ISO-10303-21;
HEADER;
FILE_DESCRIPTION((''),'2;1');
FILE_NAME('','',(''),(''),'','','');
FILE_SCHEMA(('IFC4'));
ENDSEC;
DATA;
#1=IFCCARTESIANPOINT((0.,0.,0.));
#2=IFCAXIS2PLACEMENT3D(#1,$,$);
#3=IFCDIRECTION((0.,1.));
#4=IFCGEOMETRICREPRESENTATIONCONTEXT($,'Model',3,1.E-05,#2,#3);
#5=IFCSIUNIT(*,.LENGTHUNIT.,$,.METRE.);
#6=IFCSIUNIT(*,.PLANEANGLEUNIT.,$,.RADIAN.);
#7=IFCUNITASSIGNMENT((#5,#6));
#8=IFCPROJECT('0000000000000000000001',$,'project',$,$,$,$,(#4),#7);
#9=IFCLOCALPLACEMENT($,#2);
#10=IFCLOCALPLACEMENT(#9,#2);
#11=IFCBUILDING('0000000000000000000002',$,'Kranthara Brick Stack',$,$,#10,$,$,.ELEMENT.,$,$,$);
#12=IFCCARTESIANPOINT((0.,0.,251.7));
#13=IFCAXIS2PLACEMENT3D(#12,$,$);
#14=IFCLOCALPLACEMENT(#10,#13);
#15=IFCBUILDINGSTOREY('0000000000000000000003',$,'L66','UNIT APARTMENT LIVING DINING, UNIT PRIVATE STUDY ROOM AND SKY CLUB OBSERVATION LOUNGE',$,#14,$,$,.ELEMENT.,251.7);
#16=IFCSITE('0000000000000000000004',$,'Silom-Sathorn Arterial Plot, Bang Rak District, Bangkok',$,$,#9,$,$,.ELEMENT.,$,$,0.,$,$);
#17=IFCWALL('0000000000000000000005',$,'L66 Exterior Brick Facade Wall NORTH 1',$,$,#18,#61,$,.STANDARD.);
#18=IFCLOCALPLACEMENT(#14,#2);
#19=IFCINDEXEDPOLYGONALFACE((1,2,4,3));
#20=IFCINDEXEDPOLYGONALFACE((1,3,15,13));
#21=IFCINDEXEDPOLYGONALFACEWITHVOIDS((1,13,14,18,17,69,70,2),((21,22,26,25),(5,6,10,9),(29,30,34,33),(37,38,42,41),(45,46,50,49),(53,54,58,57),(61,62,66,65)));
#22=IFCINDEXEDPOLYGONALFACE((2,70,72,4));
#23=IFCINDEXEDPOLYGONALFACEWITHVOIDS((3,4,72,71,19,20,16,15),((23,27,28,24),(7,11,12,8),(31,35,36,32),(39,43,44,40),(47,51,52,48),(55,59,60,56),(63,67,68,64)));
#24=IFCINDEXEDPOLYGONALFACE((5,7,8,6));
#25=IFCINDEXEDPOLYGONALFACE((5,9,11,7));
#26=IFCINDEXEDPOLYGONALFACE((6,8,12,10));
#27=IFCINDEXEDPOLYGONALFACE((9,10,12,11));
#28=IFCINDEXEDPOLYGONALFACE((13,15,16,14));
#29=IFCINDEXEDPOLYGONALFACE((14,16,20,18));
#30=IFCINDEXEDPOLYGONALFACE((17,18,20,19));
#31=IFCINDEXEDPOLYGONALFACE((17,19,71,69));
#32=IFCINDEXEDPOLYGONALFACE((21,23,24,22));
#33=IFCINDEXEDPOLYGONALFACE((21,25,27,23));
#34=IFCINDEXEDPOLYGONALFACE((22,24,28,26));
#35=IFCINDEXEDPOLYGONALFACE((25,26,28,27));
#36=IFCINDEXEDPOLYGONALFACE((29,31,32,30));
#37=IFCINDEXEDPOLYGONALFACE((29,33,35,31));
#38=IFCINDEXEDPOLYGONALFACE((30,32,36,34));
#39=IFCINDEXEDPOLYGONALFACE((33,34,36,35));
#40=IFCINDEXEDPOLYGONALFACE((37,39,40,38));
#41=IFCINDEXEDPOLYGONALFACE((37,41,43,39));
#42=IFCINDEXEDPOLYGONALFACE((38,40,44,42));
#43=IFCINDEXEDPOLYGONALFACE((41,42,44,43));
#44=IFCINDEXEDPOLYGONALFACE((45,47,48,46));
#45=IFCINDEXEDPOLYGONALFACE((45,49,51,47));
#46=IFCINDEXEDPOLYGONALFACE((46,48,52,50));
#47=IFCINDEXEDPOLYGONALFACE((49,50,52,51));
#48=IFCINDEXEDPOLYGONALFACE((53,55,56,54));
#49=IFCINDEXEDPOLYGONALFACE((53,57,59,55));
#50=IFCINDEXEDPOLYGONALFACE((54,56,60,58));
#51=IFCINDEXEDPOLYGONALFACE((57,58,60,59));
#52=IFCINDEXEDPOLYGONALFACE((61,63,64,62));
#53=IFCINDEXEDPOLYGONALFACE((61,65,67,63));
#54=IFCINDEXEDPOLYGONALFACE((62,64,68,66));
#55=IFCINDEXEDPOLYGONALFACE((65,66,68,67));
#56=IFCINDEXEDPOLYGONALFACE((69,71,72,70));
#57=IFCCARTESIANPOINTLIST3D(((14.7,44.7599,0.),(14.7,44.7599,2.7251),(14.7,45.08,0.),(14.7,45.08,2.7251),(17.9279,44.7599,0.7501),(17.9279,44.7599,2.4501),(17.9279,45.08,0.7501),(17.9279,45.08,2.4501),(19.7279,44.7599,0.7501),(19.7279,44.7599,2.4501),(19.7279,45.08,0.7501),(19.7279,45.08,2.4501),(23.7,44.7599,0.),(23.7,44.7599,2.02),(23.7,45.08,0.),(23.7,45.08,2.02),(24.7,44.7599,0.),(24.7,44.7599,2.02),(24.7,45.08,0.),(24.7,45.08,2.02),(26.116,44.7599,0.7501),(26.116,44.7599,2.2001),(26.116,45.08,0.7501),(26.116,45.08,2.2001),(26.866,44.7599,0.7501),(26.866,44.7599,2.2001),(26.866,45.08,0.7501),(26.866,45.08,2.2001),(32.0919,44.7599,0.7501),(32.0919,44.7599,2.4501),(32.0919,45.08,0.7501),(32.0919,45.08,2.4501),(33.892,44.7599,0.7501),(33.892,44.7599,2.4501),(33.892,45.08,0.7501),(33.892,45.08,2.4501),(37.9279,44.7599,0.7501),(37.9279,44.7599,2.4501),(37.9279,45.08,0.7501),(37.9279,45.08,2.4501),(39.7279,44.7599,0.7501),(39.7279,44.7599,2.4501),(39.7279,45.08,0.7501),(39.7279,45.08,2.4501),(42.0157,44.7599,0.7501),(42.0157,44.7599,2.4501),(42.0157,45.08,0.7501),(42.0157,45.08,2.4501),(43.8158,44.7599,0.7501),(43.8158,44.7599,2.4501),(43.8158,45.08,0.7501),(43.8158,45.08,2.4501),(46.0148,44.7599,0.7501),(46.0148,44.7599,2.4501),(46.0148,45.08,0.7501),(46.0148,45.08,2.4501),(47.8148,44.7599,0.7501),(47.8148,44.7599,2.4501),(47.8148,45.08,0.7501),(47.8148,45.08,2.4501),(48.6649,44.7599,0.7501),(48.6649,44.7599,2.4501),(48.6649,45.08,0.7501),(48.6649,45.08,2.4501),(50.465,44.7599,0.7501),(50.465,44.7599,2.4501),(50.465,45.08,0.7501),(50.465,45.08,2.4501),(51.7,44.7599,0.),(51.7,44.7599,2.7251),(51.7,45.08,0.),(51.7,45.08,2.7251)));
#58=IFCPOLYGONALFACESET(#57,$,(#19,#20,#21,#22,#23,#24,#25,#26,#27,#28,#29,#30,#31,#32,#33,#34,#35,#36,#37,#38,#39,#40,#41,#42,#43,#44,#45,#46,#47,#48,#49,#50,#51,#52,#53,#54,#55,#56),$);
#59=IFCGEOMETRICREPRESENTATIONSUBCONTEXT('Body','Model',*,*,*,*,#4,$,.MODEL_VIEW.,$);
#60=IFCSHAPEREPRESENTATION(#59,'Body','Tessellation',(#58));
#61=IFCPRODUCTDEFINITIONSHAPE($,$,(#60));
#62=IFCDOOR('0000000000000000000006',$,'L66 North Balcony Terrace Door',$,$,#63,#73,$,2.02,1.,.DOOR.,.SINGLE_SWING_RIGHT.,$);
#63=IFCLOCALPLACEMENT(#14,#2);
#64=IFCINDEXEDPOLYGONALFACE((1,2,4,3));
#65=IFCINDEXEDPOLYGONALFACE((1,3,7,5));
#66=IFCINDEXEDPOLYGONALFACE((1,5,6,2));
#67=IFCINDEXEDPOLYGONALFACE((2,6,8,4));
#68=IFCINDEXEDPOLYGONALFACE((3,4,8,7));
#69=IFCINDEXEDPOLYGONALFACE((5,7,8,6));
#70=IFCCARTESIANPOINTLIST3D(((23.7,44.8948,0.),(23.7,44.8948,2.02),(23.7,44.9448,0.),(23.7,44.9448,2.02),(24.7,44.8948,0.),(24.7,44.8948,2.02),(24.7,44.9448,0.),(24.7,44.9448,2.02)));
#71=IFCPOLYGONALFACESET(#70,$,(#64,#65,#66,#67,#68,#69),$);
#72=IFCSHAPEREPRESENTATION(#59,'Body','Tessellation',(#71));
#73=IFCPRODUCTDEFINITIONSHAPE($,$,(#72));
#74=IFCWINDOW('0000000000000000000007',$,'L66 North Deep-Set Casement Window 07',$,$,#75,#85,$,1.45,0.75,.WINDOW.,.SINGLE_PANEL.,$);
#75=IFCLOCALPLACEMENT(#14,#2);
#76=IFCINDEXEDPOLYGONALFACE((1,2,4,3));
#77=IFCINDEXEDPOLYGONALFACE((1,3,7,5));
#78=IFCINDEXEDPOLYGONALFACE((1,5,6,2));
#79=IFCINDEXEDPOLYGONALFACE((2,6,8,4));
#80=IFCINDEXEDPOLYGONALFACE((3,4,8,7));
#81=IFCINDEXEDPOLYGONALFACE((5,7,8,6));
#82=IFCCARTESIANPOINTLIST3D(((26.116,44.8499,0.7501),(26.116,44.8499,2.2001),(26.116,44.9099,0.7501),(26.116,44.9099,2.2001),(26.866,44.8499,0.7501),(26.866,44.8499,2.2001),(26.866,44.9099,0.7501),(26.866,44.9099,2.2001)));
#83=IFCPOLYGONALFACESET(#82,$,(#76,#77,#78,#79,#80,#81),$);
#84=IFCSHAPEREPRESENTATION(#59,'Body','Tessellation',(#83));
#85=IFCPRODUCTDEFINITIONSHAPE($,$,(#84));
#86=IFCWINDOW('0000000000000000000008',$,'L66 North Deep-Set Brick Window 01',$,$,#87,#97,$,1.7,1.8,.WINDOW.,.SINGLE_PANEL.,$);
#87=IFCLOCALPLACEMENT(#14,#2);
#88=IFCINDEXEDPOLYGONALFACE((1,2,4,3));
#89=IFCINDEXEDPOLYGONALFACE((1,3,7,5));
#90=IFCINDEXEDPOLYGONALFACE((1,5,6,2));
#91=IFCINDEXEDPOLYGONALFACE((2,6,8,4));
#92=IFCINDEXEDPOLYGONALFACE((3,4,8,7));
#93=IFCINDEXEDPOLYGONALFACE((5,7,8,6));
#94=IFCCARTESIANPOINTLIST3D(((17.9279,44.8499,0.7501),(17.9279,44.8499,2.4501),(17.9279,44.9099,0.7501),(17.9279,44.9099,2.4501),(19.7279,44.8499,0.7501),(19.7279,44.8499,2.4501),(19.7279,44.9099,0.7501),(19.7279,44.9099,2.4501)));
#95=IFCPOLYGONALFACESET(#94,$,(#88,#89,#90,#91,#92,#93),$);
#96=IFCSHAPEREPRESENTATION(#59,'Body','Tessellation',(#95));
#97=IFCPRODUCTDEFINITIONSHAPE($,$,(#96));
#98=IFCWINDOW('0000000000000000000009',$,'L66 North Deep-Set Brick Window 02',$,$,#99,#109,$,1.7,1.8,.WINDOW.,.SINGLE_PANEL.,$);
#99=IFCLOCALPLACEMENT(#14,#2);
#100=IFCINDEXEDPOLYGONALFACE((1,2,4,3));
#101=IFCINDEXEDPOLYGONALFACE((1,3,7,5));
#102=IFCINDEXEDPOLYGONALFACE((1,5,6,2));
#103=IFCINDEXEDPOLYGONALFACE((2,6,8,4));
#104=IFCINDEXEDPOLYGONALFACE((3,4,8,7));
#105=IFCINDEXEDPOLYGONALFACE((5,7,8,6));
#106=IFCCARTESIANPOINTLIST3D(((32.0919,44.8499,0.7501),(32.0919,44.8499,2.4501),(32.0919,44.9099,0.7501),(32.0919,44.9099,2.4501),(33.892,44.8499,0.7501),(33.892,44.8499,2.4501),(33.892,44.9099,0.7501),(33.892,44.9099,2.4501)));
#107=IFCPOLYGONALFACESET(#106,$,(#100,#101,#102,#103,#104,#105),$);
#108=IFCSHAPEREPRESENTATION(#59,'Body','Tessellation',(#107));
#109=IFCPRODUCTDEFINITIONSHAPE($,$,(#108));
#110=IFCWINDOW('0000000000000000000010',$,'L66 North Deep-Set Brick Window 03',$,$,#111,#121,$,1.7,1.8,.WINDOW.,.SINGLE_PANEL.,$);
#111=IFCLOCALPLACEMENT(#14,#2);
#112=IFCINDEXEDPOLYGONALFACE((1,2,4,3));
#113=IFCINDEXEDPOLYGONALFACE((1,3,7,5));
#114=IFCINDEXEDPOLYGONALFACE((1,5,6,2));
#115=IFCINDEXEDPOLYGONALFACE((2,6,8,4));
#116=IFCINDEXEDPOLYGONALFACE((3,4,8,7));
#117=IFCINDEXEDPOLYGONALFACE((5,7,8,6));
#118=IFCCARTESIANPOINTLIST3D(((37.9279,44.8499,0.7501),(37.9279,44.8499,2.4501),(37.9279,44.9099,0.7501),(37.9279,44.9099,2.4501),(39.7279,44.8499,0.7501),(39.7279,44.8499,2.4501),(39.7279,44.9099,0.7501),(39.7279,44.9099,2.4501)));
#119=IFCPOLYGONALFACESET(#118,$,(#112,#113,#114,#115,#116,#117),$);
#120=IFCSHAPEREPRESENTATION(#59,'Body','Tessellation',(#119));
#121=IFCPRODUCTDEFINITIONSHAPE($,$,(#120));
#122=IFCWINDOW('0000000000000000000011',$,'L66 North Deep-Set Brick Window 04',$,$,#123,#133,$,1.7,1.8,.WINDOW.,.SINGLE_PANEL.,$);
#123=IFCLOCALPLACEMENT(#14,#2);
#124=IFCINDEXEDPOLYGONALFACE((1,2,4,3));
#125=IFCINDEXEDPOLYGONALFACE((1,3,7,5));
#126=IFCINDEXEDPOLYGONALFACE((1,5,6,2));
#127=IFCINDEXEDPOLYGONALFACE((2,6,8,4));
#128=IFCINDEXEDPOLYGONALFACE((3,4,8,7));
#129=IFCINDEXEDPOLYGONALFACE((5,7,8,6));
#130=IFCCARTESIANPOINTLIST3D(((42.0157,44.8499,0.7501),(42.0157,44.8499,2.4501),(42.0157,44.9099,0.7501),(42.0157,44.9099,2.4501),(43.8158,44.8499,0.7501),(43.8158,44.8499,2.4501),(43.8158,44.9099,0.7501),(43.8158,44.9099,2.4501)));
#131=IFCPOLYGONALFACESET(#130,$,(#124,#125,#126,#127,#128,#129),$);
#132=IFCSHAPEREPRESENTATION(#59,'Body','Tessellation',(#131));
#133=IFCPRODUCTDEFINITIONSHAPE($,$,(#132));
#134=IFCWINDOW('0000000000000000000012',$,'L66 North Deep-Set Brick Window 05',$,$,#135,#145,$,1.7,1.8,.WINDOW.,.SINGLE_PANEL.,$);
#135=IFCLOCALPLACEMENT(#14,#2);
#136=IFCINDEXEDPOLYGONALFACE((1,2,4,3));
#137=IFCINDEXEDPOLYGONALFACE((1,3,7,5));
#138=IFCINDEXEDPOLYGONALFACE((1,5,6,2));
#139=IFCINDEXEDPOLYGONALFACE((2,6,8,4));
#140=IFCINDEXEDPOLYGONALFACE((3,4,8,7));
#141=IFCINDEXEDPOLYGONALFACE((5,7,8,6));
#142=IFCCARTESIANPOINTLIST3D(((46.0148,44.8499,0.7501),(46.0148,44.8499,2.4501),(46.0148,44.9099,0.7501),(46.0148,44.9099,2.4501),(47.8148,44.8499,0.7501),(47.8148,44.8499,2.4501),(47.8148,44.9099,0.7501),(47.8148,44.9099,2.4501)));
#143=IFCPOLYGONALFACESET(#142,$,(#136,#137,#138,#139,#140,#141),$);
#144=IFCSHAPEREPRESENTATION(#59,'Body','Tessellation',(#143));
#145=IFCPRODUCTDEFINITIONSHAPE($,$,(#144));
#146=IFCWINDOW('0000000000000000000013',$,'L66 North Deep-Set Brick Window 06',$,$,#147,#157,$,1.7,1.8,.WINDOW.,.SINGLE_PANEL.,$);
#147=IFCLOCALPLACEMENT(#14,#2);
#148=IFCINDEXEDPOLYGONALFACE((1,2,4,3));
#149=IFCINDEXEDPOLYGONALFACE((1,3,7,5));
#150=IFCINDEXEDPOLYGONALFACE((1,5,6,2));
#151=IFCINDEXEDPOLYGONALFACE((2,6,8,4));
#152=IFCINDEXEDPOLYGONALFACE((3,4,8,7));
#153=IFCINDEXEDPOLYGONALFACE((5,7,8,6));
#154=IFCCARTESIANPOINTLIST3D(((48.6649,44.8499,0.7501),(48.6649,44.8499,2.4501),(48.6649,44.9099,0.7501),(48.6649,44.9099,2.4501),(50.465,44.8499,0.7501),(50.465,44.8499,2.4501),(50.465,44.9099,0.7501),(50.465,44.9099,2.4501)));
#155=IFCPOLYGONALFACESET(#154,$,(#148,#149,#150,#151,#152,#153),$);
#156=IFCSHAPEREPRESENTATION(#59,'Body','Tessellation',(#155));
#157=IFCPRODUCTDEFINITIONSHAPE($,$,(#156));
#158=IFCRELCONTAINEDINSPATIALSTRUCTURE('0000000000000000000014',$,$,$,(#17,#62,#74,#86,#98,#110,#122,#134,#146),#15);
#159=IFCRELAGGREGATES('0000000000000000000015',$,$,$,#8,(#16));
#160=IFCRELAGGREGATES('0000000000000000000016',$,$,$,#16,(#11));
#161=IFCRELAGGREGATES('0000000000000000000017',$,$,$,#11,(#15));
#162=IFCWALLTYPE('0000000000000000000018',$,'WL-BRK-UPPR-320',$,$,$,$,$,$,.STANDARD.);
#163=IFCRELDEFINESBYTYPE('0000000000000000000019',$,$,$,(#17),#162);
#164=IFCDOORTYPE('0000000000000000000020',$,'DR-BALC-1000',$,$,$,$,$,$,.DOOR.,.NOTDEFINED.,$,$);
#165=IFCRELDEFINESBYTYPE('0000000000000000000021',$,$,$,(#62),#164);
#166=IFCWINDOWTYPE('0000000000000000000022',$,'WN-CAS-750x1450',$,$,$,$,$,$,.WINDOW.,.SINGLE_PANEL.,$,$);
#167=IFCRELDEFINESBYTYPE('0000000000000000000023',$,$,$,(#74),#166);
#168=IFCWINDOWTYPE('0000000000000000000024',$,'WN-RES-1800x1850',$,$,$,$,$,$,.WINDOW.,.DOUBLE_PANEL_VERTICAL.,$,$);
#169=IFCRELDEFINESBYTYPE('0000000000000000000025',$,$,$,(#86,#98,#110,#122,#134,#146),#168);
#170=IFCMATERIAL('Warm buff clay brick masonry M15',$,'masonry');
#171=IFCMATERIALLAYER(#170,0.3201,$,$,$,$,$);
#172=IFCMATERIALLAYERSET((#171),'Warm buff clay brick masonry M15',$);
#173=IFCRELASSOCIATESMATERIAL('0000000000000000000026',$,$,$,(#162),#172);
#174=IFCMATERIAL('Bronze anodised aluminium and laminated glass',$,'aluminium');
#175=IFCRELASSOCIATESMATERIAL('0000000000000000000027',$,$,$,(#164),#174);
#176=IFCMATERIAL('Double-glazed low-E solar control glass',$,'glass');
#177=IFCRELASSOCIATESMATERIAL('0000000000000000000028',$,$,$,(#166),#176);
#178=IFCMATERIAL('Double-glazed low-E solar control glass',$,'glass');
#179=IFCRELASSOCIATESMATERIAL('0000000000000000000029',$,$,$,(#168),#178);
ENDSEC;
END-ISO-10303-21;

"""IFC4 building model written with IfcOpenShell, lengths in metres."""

from ifc_helpers import new_model, si_unit, direction, frame, frame_2d, origin, place, context, subcontext, project, spatial, rectangle, extrude, material, layer, layer_set, type_object, element, fill, save


model = new_model("IFC4")

# Units and contexts
model_context = context("Model", 3, precision=1e-05, world=origin(), true_north=direction((0.0, 1.0)))
body_context = subcontext(model_context, "Body", "Model", "MODEL_VIEW")
ifc_project = project(units=[si_unit("LENGTHUNIT", "METRE"), si_unit("PLANEANGLEUNIT", "RADIAN")], contexts=[model_context])

# Site, building, storey
site_placement = place(None, origin())
site = spatial("IfcSite", under=ifc_project, at=site_placement, Name="Silom-Sathorn Arterial Plot, Bang Rak District, Bangkok", CompositionType="ELEMENT", RefElevation=0.0)
building_placement = place(site_placement, origin())
building = spatial("IfcBuilding", under=site, at=building_placement, Name="Kranthara Brick Stack", CompositionType="ELEMENT")
storey_placement = place(building_placement, frame((0.0, 0.0, 251.7)))
storey = spatial("IfcBuildingStorey", under=building, at=storey_placement, Name="L66", Description="UNIT APARTMENT LIVING DINING, UNIT PRIVATE STUDY ROOM AND SKY CLUB OBSERVATION LOUNGE", CompositionType="ELEMENT", Elevation=251.7)

# Wall, openings, door, windows
ifc_material_1 = material(Name="Warm buff clay brick masonry M15", Category="masonry")
ifc_layer = layer(ifc_material_1, 0.3201)
ifc_layer_set = layer_set([ifc_layer], Name="Warm buff clay brick masonry M15")
wall_type = type_object("IfcWallType", Name="WL-BRK-UPPR-320", PredefinedType="STANDARD", material=ifc_layer_set)
wall_placement = place(storey_placement, frame((14.7, 44.9199, 0.0), z_axis=(0.0, 0.0, 1.0), x_axis=(1.0, 0.0, 0.0)))
wall = element("IfcWall", 1, at=wall_placement, inside=storey, type_object=wall_type, Name="L66 Exterior Brick Facade Wall NORTH 1", PredefinedType="STANDARD", context=body_context, shape_type="SweptSolid", body=[
    extrude(rectangle(XDim=37.0, YDim=0.3201, at=frame_2d((18.5, 0.0))), origin(), (0.0, 0.0, 1.0), 2.7251),
])
opening_1_placement = place(wall_placement, frame((9.0, 0.0, 0.0)))
opening_1 = element("IfcOpeningElement", 2, at=opening_1_placement, cuts=wall, PredefinedType="OPENING", context=body_context, shape_type="SweptSolid", body=[
    extrude(rectangle(XDim=1.0, YDim=2.02, at=frame_2d((0.5, 1.01))), frame((0.0, 0.1699, 0.0), z_axis=(0.0, -1.0, 0.0), x_axis=(1.0, 0.0, 0.0)), (0.0, 0.0, 1.0), 0.3401),
])
opening_2_placement = place(wall_placement, frame((3.228, 0.0, 0.75)))
opening_2 = element("IfcOpeningElement", 3, at=opening_2_placement, cuts=wall, PredefinedType="OPENING", context=body_context, shape_type="SweptSolid", body=[
    extrude(rectangle(XDim=1.8, YDim=1.7, at=frame_2d((0.8999, 0.8501))), frame((0.0, 0.1699, 0.0), z_axis=(0.0, -1.0, 0.0), x_axis=(1.0, 0.0, 0.0)), (0.0, 0.0, 1.0), 0.3401),
])
opening_3_placement = place(wall_placement, frame((17.3921, 0.0, 0.75)))
opening_3 = element("IfcOpeningElement", 4, at=opening_3_placement, cuts=wall, PredefinedType="OPENING", context=body_context, shape_type="SweptSolid", body=[
    extrude(rectangle(XDim=1.8, YDim=1.7, at=frame_2d((0.8999, 0.8501))), frame((0.0, 0.1699, 0.0), z_axis=(0.0, -1.0, 0.0), x_axis=(1.0, 0.0, 0.0)), (0.0, 0.0, 1.0), 0.3401),
])
opening_4_placement = place(wall_placement, frame((23.228, 0.0, 0.75)))
opening_4 = element("IfcOpeningElement", 5, at=opening_4_placement, cuts=wall, PredefinedType="OPENING", context=body_context, shape_type="SweptSolid", body=[
    extrude(rectangle(XDim=1.8, YDim=1.7, at=frame_2d((0.8999, 0.8501))), frame((0.0, 0.1699, 0.0), z_axis=(0.0, -1.0, 0.0), x_axis=(1.0, 0.0, 0.0)), (0.0, 0.0, 1.0), 0.3401),
])
opening_5_placement = place(wall_placement, frame((27.3159, 0.0, 0.75)))
opening_5 = element("IfcOpeningElement", 6, at=opening_5_placement, cuts=wall, PredefinedType="OPENING", context=body_context, shape_type="SweptSolid", body=[
    extrude(rectangle(XDim=1.8, YDim=1.7, at=frame_2d((0.8999, 0.8501))), frame((0.0, 0.1699, 0.0), z_axis=(0.0, -1.0, 0.0), x_axis=(1.0, 0.0, 0.0)), (0.0, 0.0, 1.0), 0.3401),
])
opening_6_placement = place(wall_placement, frame((31.3149, 0.0, 0.75)))
opening_6 = element("IfcOpeningElement", 7, at=opening_6_placement, cuts=wall, PredefinedType="OPENING", context=body_context, shape_type="SweptSolid", body=[
    extrude(rectangle(XDim=1.8, YDim=1.7, at=frame_2d((0.8999, 0.8501))), frame((0.0, 0.1699, 0.0), z_axis=(0.0, -1.0, 0.0), x_axis=(1.0, 0.0, 0.0)), (0.0, 0.0, 1.0), 0.3401),
])
opening_7_placement = place(wall_placement, frame((33.9651, 0.0, 0.75)))
opening_7 = element("IfcOpeningElement", 8, at=opening_7_placement, cuts=wall, PredefinedType="OPENING", context=body_context, shape_type="SweptSolid", body=[
    extrude(rectangle(XDim=1.8, YDim=1.7, at=frame_2d((0.8999, 0.8501))), frame((0.0, 0.1699, 0.0), z_axis=(0.0, -1.0, 0.0), x_axis=(1.0, 0.0, 0.0)), (0.0, 0.0, 1.0), 0.3401),
])
opening_8_placement = place(wall_placement, frame((11.416, 0.0, 0.75)))
opening_8 = element("IfcOpeningElement", 9, at=opening_8_placement, cuts=wall, PredefinedType="OPENING", context=body_context, shape_type="SweptSolid", body=[
    extrude(rectangle(XDim=0.75, YDim=1.45, at=frame_2d((0.375, 0.7251))), frame((0.0, 0.1699, 0.0), z_axis=(0.0, -1.0, 0.0), x_axis=(1.0, 0.0, 0.0)), (0.0, 0.0, 1.0), 0.3401),
])
ifc_material_2 = material(Name="Bronze anodised aluminium and laminated glass", Category="aluminium")
door_type = type_object("IfcDoorType", Name="DR-BALC-1000", OperationType="NOTDEFINED", PredefinedType="DOOR", material=ifc_material_2)
door_placement = place(opening_1_placement, origin())
door = element("IfcDoor", 10, at=door_placement, inside=storey, type_object=door_type, Name="L66 North Balcony Terrace Door", OperationType="SINGLE_SWING_RIGHT", OverallHeight=2.02, OverallWidth=1.0, PredefinedType="DOOR", context=body_context, shape_type="SweptSolid", body=[
    extrude(rectangle(XDim=1.0, YDim=2.02, at=frame_2d((0.5, 1.01))), frame((0.0, 0.0249, 0.0), z_axis=(0.0, -1.0, 0.0), x_axis=(1.0, 0.0, 0.0)), (0.0, 0.0, 1.0), 0.05),
])
fill(opening_1, door)
ifc_material_3 = material(Name="Double-glazed low-E solar control glass", Category="glass")
window_type_1 = type_object("IfcWindowType", Name="WN-CAS-750x1450", PartitioningType="SINGLE_PANEL", PredefinedType="WINDOW", material=ifc_material_3)
window_1_placement = place(opening_8_placement, origin())
window_1 = element("IfcWindow", 11, at=window_1_placement, inside=storey, type_object=window_type_1, Name="L66 North Deep-Set Casement Window 07", OverallHeight=1.45, OverallWidth=0.75, PartitioningType="SINGLE_PANEL", PredefinedType="WINDOW", context=body_context, shape_type="SweptSolid", body=[
    extrude(rectangle(XDim=0.75, YDim=1.45, at=frame_2d((0.375, 0.7251))), frame((0.0, -0.01, 0.0), z_axis=(0.0, -1.0, 0.0), x_axis=(1.0, 0.0, 0.0)), (0.0, 0.0, 1.0), 0.0601),
])
fill(opening_8, window_1)
ifc_material_4 = material(Name="Double-glazed low-E solar control glass", Category="glass")
window_type_2 = type_object("IfcWindowType", Name="WN-RES-1800x1850", PartitioningType="DOUBLE_PANEL_VERTICAL", PredefinedType="WINDOW", material=ifc_material_4)
window_2_placement = place(opening_2_placement, origin())
window_2 = element("IfcWindow", 12, at=window_2_placement, inside=storey, type_object=window_type_2, Name="L66 North Deep-Set Brick Window 01", OverallHeight=1.7, OverallWidth=1.8, PartitioningType="SINGLE_PANEL", PredefinedType="WINDOW", context=body_context, shape_type="SweptSolid", body=[
    extrude(rectangle(XDim=1.8, YDim=1.7, at=frame_2d((0.8999, 0.8501))), frame((0.0, -0.01, 0.0), z_axis=(0.0, -1.0, 0.0), x_axis=(1.0, 0.0, 0.0)), (0.0, 0.0, 1.0), 0.0601),
])
fill(opening_2, window_2)
window_3_placement = place(opening_3_placement, origin())
window_3 = element("IfcWindow", 13, at=window_3_placement, inside=storey, type_object=window_type_2, Name="L66 North Deep-Set Brick Window 02", OverallHeight=1.7, OverallWidth=1.8, PartitioningType="SINGLE_PANEL", PredefinedType="WINDOW", context=body_context, shape_type="SweptSolid", body=[
    extrude(rectangle(XDim=1.8, YDim=1.7, at=frame_2d((0.8999, 0.8501))), frame((0.0, -0.01, 0.0), z_axis=(0.0, -1.0, 0.0), x_axis=(1.0, 0.0, 0.0)), (0.0, 0.0, 1.0), 0.0601),
])
fill(opening_3, window_3)
window_4_placement = place(opening_4_placement, origin())
window_4 = element("IfcWindow", 14, at=window_4_placement, inside=storey, type_object=window_type_2, Name="L66 North Deep-Set Brick Window 03", OverallHeight=1.7, OverallWidth=1.8, PartitioningType="SINGLE_PANEL", PredefinedType="WINDOW", context=body_context, shape_type="SweptSolid", body=[
    extrude(rectangle(XDim=1.8, YDim=1.7, at=frame_2d((0.8999, 0.8501))), frame((0.0, -0.01, 0.0), z_axis=(0.0, -1.0, 0.0), x_axis=(1.0, 0.0, 0.0)), (0.0, 0.0, 1.0), 0.0601),
])
fill(opening_4, window_4)
window_5_placement = place(opening_5_placement, origin())
window_5 = element("IfcWindow", 15, at=window_5_placement, inside=storey, type_object=window_type_2, Name="L66 North Deep-Set Brick Window 04", OverallHeight=1.7, OverallWidth=1.8, PartitioningType="SINGLE_PANEL", PredefinedType="WINDOW", context=body_context, shape_type="SweptSolid", body=[
    extrude(rectangle(XDim=1.8, YDim=1.7, at=frame_2d((0.8999, 0.8501))), frame((0.0, -0.01, 0.0), z_axis=(0.0, -1.0, 0.0), x_axis=(1.0, 0.0, 0.0)), (0.0, 0.0, 1.0), 0.0601),
])
fill(opening_5, window_5)
window_6_placement = place(opening_6_placement, origin())
window_6 = element("IfcWindow", 16, at=window_6_placement, inside=storey, type_object=window_type_2, Name="L66 North Deep-Set Brick Window 05", OverallHeight=1.7, OverallWidth=1.8, PartitioningType="SINGLE_PANEL", PredefinedType="WINDOW", context=body_context, shape_type="SweptSolid", body=[
    extrude(rectangle(XDim=1.8, YDim=1.7, at=frame_2d((0.8999, 0.8501))), frame((0.0, -0.01, 0.0), z_axis=(0.0, -1.0, 0.0), x_axis=(1.0, 0.0, 0.0)), (0.0, 0.0, 1.0), 0.0601),
])
fill(opening_6, window_6)
window_7_placement = place(opening_7_placement, origin())
window_7 = element("IfcWindow", 17, at=window_7_placement, inside=storey, type_object=window_type_2, Name="L66 North Deep-Set Brick Window 06", OverallHeight=1.7, OverallWidth=1.8, PartitioningType="SINGLE_PANEL", PredefinedType="WINDOW", context=body_context, shape_type="SweptSolid", body=[
    extrude(rectangle(XDim=1.8, YDim=1.7, at=frame_2d((0.8999, 0.8501))), frame((0.0, -0.01, 0.0), z_axis=(0.0, -1.0, 0.0), x_axis=(1.0, 0.0, 0.0)), (0.0, 0.0, 1.0), 0.0601),
])
fill(opening_7, window_7)

save(model, "model.ifc")
